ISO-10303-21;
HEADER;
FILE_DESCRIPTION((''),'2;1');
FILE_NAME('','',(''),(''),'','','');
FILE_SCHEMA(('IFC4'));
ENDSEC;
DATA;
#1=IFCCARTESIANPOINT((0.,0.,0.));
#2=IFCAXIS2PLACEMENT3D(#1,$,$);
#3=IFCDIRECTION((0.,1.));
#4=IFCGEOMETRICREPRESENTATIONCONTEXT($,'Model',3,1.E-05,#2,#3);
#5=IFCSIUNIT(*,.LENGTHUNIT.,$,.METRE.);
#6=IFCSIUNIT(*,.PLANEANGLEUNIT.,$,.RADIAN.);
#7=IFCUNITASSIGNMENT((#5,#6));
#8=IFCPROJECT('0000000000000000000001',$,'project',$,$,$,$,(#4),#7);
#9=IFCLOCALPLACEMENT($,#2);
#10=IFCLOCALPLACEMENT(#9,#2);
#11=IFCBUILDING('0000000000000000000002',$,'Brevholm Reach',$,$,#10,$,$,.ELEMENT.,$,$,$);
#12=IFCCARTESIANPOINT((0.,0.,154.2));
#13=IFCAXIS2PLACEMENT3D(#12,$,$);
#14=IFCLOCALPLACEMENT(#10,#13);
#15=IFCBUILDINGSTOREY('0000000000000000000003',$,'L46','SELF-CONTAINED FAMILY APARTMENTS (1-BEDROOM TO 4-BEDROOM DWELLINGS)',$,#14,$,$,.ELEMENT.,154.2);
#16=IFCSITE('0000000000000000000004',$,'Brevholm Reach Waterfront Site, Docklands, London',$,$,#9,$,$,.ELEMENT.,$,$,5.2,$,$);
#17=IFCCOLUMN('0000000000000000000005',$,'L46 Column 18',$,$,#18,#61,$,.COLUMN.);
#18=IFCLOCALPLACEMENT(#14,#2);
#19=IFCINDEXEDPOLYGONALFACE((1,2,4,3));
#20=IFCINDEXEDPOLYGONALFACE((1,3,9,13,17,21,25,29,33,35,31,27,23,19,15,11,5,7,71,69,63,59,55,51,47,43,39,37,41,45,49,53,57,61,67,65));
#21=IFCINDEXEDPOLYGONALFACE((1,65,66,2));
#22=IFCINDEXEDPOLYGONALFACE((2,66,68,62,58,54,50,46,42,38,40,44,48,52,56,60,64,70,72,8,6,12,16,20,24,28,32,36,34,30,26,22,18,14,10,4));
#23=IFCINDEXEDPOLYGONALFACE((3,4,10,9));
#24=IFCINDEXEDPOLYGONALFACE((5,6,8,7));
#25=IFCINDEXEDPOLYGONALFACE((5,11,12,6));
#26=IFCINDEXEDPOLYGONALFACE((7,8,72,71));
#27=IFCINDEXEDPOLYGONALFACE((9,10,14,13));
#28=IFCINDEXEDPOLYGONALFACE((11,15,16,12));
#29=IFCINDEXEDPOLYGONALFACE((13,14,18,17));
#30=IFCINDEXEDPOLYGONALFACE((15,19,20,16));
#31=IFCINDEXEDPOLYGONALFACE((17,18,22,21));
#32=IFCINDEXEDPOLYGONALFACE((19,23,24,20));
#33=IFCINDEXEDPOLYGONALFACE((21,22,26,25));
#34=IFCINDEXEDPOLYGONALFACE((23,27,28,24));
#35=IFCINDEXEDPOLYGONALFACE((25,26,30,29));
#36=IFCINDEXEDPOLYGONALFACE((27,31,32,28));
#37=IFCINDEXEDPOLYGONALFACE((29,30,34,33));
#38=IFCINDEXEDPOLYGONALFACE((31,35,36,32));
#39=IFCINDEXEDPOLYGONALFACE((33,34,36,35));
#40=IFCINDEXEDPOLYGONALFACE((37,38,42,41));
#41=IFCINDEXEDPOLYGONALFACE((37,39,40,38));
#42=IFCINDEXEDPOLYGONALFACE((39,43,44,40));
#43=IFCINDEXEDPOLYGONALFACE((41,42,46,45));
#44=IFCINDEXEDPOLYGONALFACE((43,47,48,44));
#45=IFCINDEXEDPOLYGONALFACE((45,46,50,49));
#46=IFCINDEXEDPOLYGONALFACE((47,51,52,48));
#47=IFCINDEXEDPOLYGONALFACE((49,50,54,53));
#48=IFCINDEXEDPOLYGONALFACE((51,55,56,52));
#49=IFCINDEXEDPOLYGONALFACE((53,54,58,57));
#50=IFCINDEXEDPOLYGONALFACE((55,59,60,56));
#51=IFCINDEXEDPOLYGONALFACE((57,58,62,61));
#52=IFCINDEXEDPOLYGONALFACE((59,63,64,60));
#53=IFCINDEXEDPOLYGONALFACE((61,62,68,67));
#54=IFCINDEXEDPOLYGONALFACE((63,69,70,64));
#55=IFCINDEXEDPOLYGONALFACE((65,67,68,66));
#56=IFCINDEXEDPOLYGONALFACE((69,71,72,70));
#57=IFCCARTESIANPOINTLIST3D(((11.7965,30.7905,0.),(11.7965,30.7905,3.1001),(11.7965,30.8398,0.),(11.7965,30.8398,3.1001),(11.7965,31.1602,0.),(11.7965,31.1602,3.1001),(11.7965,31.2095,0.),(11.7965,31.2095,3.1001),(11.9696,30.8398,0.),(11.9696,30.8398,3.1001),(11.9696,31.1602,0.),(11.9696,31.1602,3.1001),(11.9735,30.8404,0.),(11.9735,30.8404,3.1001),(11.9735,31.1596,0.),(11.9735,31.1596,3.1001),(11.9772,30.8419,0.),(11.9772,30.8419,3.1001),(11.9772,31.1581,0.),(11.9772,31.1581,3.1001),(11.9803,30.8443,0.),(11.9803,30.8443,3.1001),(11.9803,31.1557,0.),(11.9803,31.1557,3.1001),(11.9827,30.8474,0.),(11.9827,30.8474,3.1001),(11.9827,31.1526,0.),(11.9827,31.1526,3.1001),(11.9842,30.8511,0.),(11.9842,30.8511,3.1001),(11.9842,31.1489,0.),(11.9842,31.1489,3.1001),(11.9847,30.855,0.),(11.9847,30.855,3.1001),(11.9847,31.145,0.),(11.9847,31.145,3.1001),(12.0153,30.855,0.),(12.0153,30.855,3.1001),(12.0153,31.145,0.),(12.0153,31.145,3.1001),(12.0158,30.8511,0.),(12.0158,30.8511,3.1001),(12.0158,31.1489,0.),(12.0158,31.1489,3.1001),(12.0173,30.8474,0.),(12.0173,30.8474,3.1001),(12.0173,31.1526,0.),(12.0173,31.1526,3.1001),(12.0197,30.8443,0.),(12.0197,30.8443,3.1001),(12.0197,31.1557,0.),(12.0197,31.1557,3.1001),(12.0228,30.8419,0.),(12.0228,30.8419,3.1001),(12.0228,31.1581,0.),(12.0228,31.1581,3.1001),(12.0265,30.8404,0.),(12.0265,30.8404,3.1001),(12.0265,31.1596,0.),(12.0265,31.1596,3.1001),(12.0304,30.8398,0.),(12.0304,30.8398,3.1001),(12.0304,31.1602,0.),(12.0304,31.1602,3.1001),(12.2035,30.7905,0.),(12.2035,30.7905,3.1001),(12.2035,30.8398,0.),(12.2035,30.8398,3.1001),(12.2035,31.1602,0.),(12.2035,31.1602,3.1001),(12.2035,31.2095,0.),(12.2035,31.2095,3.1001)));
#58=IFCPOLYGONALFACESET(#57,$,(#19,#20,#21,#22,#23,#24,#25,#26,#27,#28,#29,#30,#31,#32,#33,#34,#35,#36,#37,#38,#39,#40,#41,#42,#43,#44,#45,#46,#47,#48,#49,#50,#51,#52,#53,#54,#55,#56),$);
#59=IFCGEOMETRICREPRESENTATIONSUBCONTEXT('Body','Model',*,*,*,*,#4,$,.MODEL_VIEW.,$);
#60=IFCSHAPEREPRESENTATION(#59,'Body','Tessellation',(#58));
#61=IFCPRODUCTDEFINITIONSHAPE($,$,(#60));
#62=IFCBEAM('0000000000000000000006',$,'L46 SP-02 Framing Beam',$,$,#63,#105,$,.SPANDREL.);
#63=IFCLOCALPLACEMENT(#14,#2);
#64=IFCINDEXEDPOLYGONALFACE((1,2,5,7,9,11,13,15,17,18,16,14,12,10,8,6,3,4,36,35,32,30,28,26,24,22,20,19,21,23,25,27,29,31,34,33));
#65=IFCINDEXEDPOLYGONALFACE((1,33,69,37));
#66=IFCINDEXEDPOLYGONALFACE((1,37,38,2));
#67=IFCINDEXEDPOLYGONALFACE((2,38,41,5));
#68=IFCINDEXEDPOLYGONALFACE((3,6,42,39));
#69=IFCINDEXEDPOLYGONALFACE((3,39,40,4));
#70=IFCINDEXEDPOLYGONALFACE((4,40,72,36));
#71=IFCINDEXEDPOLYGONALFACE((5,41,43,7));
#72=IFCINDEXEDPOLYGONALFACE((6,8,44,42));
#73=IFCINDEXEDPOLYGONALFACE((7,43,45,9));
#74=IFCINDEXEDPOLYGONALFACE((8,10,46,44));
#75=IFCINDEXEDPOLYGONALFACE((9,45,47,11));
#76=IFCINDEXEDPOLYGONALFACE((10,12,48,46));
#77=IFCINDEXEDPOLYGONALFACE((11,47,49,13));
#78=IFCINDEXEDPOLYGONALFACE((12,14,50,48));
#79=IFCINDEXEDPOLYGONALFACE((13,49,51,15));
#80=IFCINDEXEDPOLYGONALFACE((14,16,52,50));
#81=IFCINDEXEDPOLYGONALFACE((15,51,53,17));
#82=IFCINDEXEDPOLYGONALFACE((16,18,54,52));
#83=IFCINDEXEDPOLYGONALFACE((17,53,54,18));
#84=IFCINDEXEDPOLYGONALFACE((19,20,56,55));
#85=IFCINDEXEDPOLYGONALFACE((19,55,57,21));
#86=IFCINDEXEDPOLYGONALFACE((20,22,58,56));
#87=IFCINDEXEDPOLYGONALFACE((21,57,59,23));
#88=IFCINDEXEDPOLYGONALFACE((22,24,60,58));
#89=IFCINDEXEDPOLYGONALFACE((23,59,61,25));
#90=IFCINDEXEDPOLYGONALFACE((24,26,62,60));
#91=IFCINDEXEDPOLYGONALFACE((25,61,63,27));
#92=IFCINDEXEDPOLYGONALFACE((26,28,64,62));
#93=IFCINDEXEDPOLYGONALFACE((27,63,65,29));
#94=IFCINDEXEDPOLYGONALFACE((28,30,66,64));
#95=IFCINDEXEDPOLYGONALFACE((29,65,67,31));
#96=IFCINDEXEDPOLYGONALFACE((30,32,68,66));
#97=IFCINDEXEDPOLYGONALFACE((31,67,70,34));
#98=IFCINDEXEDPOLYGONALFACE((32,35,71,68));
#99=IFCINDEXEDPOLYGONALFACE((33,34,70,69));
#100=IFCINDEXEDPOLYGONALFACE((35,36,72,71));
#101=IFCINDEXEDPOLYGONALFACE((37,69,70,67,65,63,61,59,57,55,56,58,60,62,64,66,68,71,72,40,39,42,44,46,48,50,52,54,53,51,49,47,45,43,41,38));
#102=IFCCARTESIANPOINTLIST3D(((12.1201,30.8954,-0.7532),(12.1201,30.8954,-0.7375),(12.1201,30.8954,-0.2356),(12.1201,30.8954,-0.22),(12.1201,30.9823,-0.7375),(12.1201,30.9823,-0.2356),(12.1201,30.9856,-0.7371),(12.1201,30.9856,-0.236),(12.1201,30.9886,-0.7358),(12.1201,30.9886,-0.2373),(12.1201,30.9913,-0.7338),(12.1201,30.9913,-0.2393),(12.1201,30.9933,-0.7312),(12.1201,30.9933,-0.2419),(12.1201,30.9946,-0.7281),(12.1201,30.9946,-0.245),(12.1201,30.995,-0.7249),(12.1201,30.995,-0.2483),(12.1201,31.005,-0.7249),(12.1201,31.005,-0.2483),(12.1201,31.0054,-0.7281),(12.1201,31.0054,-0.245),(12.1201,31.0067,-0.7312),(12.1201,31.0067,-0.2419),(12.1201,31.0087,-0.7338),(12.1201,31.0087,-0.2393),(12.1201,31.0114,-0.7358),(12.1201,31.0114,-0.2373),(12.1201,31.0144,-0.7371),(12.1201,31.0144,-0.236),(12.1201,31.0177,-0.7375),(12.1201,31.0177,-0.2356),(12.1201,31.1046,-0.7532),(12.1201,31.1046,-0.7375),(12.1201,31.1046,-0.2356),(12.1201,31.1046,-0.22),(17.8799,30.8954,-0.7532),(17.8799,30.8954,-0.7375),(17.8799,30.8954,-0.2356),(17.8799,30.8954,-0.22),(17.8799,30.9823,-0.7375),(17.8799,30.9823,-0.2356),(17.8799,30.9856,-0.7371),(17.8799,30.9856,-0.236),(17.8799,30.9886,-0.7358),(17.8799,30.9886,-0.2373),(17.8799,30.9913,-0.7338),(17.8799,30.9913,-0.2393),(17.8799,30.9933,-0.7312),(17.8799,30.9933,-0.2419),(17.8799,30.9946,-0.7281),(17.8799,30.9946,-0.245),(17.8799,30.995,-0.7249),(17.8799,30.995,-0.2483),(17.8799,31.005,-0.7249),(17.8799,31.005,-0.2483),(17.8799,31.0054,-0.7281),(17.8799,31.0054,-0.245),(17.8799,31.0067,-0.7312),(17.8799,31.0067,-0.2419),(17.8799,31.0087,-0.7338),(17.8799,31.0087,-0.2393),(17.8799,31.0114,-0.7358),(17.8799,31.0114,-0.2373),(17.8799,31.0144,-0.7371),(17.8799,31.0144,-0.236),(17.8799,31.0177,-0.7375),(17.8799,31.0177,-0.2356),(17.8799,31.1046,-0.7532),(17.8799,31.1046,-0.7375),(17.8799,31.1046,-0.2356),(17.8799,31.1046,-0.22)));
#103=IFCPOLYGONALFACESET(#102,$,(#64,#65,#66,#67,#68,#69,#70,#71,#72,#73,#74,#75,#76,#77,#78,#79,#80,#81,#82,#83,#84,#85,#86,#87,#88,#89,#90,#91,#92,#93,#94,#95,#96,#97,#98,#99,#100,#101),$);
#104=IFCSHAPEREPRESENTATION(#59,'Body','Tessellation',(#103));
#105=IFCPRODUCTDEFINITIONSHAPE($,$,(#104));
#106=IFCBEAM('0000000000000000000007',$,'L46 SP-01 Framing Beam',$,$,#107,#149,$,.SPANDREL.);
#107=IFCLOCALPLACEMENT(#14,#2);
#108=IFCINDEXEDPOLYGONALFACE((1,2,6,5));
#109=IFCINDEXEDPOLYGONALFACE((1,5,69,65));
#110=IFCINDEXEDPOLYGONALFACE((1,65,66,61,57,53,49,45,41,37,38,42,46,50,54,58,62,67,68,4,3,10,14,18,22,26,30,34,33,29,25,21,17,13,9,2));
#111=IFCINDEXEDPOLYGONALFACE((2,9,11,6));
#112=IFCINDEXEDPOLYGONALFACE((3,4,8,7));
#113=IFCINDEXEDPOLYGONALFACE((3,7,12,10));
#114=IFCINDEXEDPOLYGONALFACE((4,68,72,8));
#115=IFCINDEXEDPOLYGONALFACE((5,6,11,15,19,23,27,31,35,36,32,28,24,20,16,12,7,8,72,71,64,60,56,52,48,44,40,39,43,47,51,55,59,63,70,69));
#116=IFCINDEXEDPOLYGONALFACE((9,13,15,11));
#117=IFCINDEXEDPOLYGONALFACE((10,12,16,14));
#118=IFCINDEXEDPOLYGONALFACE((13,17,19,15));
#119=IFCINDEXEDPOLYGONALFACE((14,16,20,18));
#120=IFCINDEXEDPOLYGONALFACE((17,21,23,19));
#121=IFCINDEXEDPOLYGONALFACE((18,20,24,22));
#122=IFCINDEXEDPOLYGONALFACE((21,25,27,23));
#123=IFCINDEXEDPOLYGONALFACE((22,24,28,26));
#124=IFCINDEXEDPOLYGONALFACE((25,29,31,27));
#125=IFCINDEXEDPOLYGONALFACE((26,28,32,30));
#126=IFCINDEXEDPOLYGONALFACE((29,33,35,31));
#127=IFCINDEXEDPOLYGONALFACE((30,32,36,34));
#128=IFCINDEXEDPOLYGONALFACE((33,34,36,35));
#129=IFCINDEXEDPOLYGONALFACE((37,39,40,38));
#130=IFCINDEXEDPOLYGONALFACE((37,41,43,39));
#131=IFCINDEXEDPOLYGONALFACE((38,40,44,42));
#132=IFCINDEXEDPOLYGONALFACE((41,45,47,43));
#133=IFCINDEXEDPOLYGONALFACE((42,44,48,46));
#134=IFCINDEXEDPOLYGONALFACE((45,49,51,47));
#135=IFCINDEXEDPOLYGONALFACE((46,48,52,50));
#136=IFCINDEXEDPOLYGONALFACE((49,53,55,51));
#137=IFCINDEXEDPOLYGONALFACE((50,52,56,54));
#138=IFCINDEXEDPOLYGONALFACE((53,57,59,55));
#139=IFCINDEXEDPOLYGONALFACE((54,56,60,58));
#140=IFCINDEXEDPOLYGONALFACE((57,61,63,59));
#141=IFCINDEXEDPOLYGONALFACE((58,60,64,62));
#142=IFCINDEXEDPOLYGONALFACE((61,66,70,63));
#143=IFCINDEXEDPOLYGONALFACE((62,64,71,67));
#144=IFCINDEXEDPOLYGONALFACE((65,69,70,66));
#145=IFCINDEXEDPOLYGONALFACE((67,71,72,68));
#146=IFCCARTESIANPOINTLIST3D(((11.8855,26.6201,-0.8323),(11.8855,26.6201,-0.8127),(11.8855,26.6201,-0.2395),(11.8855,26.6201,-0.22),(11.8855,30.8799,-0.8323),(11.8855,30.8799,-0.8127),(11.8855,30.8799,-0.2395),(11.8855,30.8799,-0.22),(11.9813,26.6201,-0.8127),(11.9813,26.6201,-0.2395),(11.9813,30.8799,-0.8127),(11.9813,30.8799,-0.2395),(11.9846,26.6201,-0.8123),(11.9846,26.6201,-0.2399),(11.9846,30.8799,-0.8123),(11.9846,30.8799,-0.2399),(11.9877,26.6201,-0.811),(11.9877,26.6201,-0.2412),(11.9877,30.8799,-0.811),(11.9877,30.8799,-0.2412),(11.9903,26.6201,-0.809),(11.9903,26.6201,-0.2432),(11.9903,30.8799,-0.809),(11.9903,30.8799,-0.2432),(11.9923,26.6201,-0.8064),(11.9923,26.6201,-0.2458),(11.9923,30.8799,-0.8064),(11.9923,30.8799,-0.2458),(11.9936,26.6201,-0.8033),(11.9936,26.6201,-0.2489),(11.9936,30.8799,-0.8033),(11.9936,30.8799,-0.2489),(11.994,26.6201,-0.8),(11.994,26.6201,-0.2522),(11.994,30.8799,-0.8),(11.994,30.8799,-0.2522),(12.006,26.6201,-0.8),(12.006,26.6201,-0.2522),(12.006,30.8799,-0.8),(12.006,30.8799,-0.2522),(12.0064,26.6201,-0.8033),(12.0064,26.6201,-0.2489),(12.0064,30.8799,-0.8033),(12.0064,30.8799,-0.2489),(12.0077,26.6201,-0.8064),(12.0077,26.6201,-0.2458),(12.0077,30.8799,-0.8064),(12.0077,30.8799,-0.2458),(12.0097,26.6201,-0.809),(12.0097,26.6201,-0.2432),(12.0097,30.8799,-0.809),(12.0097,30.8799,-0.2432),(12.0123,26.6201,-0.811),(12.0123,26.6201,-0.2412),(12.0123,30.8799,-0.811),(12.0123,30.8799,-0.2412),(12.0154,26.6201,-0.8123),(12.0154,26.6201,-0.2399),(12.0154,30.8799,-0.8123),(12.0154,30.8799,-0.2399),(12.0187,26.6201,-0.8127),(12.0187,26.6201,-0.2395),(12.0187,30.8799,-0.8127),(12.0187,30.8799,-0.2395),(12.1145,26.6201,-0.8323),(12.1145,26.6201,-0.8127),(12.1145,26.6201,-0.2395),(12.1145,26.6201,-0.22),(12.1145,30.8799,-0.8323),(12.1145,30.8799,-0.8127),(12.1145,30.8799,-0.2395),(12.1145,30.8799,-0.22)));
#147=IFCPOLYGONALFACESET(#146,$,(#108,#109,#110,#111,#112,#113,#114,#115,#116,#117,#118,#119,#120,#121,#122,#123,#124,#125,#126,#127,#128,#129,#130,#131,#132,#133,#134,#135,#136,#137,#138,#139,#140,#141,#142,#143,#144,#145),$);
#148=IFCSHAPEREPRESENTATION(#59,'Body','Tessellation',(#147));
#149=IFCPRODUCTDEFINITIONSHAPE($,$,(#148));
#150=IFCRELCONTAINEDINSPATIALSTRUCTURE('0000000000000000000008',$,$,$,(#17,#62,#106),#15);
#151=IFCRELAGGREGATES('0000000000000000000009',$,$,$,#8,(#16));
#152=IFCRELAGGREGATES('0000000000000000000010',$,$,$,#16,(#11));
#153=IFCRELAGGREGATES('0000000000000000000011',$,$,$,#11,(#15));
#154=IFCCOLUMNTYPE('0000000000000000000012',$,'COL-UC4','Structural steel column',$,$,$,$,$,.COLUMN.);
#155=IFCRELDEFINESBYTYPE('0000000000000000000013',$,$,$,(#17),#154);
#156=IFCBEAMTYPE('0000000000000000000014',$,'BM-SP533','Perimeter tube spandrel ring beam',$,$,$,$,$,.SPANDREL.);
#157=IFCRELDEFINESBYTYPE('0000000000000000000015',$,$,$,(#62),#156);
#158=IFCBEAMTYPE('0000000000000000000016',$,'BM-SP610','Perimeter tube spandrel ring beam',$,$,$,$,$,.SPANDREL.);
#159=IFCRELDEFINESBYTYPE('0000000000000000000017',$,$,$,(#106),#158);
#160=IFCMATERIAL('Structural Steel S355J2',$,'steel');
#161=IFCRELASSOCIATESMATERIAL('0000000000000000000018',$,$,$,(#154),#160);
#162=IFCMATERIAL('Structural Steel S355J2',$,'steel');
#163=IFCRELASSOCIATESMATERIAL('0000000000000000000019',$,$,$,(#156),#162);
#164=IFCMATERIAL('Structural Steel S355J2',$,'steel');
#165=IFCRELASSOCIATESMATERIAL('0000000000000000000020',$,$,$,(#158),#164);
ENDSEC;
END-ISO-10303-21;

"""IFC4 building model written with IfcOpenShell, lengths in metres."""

from ifc_helpers import new_model, si_unit, direction, frame, origin, origin_2d, place, context, subcontext, project, spatial, i_section, extrude, material, material_profile, profile_set, type_object, element, save


model = new_model("IFC4")

# Units and contexts
model_context = context("Model", 3, precision=1e-05, world=origin(), true_north=direction((0.0, 1.0)))
body_context = subcontext(model_context, "Body", "Model", "MODEL_VIEW")
ifc_project = project(units=[si_unit("LENGTHUNIT", "METRE"), si_unit("PLANEANGLEUNIT", "RADIAN")], contexts=[model_context])

# Site, building, storey
site_placement = place(None, origin())
site = spatial("IfcSite", under=ifc_project, at=site_placement, Name="Brevholm Reach Waterfront Site, Docklands, London", CompositionType="ELEMENT", RefElevation=5.2)
building_placement = place(site_placement, origin())
building = spatial("IfcBuilding", under=site, at=building_placement, Name="Brevholm Reach", CompositionType="ELEMENT")
storey_placement = place(building_placement, frame((0.0, 0.0, 154.2)))
storey = spatial("IfcBuildingStorey", under=building, at=storey_placement, Name="L46", Description="SELF-CONTAINED FAMILY APARTMENTS (1-BEDROOM TO 4-BEDROOM DWELLINGS)", CompositionType="ELEMENT", Elevation=154.2)

# Column
ifc_material_1 = material(Name="Structural Steel S355J2", Category="steel")
ifc_material_profile_1 = material_profile(ifc_material_1, i_section(OverallWidth=0.407, OverallDepth=0.4189, WebThickness=0.0305, FlangeThickness=0.0493, FilletRadius=0.0151, at=origin_2d()), Name="UKC 356x406x393")
ifc_profile_set_1 = profile_set([ifc_material_profile_1], Name="Structural Steel S355J2")
column_type = type_object("IfcColumnType", Name="COL-UC4", Description="Structural steel column", PredefinedType="COLUMN", material=ifc_profile_set_1)
column_placement = place(storey_placement, frame((12.0, 31.0, 0.0), z_axis=(0.0, 0.0, 1.0), x_axis=(1.0, 0.0, 0.0)))
element("IfcColumn", 1, at=column_placement, inside=storey, type_object=column_type, Name="L46 Column 18", PredefinedType="COLUMN", context=body_context, shape_type="SweptSolid", body=[
    extrude(i_section(OverallWidth=0.407, OverallDepth=0.4189, WebThickness=0.0305, FlangeThickness=0.0493, FilletRadius=0.0151, at=origin_2d()), origin(), (0.0, 0.0, 1.0), 3.1001),
])

# Beams
ifc_material_2 = material(Name="Structural Steel S355J2", Category="steel")
ifc_material_profile_2 = material_profile(ifc_material_2, i_section(OverallWidth=0.2092, OverallDepth=0.5332, WebThickness=0.01, FlangeThickness=0.0156, FilletRadius=0.0127, at=origin_2d()), Name="UKB 533x210x92")
ifc_profile_set_2 = profile_set([ifc_material_profile_2], Name="Structural Steel S355J2")
beam_type_1 = type_object("IfcBeamType", Name="BM-SP533", Description="Perimeter tube spandrel ring beam", PredefinedType="SPANDREL", material=ifc_profile_set_2)
beam_1_placement = place(storey_placement, frame((12.1201, 31.0, -0.4866), z_axis=(1.0, 0.0, 0.0), x_axis=(0.0, 1.0, 0.0)))
element("IfcBeam", 2, at=beam_1_placement, inside=storey, type_object=beam_type_1, Name="L46 SP-02 Framing Beam", PredefinedType="SPANDREL", context=body_context, shape_type="SweptSolid", body=[
    extrude(i_section(OverallWidth=0.2092, OverallDepth=0.5332, WebThickness=0.01, FlangeThickness=0.0156, FilletRadius=0.0127, at=origin_2d()), origin(), (0.0, 0.0, 1.0), 5.7598),
])
ifc_material_3 = material(Name="Structural Steel S355J2", Category="steel")
ifc_material_profile_3 = material_profile(ifc_material_3, i_section(OverallWidth=0.229, OverallDepth=0.6123, WebThickness=0.012, FlangeThickness=0.0195, FilletRadius=0.0127, at=origin_2d()), Name="UKB 610x229x125")
ifc_profile_set_3 = profile_set([ifc_material_profile_3], Name="Structural Steel S355J2")
beam_type_2 = type_object("IfcBeamType", Name="BM-SP610", Description="Perimeter tube spandrel ring beam", PredefinedType="SPANDREL", material=ifc_profile_set_3)
beam_2_placement = place(storey_placement, frame((12.0, 26.6201, -0.5261), z_axis=(0.0, 1.0, 0.0), x_axis=(-1.0, 0.0, 0.0)))
element("IfcBeam", 3, at=beam_2_placement, inside=storey, type_object=beam_type_2, Name="L46 SP-01 Framing Beam", PredefinedType="SPANDREL", context=body_context, shape_type="SweptSolid", body=[
    extrude(i_section(OverallWidth=0.229, OverallDepth=0.6123, WebThickness=0.012, FlangeThickness=0.0195, FilletRadius=0.0127, at=origin_2d()), origin(), (0.0, 0.0, 1.0), 4.2598),
])

save(model, "model.ifc")
